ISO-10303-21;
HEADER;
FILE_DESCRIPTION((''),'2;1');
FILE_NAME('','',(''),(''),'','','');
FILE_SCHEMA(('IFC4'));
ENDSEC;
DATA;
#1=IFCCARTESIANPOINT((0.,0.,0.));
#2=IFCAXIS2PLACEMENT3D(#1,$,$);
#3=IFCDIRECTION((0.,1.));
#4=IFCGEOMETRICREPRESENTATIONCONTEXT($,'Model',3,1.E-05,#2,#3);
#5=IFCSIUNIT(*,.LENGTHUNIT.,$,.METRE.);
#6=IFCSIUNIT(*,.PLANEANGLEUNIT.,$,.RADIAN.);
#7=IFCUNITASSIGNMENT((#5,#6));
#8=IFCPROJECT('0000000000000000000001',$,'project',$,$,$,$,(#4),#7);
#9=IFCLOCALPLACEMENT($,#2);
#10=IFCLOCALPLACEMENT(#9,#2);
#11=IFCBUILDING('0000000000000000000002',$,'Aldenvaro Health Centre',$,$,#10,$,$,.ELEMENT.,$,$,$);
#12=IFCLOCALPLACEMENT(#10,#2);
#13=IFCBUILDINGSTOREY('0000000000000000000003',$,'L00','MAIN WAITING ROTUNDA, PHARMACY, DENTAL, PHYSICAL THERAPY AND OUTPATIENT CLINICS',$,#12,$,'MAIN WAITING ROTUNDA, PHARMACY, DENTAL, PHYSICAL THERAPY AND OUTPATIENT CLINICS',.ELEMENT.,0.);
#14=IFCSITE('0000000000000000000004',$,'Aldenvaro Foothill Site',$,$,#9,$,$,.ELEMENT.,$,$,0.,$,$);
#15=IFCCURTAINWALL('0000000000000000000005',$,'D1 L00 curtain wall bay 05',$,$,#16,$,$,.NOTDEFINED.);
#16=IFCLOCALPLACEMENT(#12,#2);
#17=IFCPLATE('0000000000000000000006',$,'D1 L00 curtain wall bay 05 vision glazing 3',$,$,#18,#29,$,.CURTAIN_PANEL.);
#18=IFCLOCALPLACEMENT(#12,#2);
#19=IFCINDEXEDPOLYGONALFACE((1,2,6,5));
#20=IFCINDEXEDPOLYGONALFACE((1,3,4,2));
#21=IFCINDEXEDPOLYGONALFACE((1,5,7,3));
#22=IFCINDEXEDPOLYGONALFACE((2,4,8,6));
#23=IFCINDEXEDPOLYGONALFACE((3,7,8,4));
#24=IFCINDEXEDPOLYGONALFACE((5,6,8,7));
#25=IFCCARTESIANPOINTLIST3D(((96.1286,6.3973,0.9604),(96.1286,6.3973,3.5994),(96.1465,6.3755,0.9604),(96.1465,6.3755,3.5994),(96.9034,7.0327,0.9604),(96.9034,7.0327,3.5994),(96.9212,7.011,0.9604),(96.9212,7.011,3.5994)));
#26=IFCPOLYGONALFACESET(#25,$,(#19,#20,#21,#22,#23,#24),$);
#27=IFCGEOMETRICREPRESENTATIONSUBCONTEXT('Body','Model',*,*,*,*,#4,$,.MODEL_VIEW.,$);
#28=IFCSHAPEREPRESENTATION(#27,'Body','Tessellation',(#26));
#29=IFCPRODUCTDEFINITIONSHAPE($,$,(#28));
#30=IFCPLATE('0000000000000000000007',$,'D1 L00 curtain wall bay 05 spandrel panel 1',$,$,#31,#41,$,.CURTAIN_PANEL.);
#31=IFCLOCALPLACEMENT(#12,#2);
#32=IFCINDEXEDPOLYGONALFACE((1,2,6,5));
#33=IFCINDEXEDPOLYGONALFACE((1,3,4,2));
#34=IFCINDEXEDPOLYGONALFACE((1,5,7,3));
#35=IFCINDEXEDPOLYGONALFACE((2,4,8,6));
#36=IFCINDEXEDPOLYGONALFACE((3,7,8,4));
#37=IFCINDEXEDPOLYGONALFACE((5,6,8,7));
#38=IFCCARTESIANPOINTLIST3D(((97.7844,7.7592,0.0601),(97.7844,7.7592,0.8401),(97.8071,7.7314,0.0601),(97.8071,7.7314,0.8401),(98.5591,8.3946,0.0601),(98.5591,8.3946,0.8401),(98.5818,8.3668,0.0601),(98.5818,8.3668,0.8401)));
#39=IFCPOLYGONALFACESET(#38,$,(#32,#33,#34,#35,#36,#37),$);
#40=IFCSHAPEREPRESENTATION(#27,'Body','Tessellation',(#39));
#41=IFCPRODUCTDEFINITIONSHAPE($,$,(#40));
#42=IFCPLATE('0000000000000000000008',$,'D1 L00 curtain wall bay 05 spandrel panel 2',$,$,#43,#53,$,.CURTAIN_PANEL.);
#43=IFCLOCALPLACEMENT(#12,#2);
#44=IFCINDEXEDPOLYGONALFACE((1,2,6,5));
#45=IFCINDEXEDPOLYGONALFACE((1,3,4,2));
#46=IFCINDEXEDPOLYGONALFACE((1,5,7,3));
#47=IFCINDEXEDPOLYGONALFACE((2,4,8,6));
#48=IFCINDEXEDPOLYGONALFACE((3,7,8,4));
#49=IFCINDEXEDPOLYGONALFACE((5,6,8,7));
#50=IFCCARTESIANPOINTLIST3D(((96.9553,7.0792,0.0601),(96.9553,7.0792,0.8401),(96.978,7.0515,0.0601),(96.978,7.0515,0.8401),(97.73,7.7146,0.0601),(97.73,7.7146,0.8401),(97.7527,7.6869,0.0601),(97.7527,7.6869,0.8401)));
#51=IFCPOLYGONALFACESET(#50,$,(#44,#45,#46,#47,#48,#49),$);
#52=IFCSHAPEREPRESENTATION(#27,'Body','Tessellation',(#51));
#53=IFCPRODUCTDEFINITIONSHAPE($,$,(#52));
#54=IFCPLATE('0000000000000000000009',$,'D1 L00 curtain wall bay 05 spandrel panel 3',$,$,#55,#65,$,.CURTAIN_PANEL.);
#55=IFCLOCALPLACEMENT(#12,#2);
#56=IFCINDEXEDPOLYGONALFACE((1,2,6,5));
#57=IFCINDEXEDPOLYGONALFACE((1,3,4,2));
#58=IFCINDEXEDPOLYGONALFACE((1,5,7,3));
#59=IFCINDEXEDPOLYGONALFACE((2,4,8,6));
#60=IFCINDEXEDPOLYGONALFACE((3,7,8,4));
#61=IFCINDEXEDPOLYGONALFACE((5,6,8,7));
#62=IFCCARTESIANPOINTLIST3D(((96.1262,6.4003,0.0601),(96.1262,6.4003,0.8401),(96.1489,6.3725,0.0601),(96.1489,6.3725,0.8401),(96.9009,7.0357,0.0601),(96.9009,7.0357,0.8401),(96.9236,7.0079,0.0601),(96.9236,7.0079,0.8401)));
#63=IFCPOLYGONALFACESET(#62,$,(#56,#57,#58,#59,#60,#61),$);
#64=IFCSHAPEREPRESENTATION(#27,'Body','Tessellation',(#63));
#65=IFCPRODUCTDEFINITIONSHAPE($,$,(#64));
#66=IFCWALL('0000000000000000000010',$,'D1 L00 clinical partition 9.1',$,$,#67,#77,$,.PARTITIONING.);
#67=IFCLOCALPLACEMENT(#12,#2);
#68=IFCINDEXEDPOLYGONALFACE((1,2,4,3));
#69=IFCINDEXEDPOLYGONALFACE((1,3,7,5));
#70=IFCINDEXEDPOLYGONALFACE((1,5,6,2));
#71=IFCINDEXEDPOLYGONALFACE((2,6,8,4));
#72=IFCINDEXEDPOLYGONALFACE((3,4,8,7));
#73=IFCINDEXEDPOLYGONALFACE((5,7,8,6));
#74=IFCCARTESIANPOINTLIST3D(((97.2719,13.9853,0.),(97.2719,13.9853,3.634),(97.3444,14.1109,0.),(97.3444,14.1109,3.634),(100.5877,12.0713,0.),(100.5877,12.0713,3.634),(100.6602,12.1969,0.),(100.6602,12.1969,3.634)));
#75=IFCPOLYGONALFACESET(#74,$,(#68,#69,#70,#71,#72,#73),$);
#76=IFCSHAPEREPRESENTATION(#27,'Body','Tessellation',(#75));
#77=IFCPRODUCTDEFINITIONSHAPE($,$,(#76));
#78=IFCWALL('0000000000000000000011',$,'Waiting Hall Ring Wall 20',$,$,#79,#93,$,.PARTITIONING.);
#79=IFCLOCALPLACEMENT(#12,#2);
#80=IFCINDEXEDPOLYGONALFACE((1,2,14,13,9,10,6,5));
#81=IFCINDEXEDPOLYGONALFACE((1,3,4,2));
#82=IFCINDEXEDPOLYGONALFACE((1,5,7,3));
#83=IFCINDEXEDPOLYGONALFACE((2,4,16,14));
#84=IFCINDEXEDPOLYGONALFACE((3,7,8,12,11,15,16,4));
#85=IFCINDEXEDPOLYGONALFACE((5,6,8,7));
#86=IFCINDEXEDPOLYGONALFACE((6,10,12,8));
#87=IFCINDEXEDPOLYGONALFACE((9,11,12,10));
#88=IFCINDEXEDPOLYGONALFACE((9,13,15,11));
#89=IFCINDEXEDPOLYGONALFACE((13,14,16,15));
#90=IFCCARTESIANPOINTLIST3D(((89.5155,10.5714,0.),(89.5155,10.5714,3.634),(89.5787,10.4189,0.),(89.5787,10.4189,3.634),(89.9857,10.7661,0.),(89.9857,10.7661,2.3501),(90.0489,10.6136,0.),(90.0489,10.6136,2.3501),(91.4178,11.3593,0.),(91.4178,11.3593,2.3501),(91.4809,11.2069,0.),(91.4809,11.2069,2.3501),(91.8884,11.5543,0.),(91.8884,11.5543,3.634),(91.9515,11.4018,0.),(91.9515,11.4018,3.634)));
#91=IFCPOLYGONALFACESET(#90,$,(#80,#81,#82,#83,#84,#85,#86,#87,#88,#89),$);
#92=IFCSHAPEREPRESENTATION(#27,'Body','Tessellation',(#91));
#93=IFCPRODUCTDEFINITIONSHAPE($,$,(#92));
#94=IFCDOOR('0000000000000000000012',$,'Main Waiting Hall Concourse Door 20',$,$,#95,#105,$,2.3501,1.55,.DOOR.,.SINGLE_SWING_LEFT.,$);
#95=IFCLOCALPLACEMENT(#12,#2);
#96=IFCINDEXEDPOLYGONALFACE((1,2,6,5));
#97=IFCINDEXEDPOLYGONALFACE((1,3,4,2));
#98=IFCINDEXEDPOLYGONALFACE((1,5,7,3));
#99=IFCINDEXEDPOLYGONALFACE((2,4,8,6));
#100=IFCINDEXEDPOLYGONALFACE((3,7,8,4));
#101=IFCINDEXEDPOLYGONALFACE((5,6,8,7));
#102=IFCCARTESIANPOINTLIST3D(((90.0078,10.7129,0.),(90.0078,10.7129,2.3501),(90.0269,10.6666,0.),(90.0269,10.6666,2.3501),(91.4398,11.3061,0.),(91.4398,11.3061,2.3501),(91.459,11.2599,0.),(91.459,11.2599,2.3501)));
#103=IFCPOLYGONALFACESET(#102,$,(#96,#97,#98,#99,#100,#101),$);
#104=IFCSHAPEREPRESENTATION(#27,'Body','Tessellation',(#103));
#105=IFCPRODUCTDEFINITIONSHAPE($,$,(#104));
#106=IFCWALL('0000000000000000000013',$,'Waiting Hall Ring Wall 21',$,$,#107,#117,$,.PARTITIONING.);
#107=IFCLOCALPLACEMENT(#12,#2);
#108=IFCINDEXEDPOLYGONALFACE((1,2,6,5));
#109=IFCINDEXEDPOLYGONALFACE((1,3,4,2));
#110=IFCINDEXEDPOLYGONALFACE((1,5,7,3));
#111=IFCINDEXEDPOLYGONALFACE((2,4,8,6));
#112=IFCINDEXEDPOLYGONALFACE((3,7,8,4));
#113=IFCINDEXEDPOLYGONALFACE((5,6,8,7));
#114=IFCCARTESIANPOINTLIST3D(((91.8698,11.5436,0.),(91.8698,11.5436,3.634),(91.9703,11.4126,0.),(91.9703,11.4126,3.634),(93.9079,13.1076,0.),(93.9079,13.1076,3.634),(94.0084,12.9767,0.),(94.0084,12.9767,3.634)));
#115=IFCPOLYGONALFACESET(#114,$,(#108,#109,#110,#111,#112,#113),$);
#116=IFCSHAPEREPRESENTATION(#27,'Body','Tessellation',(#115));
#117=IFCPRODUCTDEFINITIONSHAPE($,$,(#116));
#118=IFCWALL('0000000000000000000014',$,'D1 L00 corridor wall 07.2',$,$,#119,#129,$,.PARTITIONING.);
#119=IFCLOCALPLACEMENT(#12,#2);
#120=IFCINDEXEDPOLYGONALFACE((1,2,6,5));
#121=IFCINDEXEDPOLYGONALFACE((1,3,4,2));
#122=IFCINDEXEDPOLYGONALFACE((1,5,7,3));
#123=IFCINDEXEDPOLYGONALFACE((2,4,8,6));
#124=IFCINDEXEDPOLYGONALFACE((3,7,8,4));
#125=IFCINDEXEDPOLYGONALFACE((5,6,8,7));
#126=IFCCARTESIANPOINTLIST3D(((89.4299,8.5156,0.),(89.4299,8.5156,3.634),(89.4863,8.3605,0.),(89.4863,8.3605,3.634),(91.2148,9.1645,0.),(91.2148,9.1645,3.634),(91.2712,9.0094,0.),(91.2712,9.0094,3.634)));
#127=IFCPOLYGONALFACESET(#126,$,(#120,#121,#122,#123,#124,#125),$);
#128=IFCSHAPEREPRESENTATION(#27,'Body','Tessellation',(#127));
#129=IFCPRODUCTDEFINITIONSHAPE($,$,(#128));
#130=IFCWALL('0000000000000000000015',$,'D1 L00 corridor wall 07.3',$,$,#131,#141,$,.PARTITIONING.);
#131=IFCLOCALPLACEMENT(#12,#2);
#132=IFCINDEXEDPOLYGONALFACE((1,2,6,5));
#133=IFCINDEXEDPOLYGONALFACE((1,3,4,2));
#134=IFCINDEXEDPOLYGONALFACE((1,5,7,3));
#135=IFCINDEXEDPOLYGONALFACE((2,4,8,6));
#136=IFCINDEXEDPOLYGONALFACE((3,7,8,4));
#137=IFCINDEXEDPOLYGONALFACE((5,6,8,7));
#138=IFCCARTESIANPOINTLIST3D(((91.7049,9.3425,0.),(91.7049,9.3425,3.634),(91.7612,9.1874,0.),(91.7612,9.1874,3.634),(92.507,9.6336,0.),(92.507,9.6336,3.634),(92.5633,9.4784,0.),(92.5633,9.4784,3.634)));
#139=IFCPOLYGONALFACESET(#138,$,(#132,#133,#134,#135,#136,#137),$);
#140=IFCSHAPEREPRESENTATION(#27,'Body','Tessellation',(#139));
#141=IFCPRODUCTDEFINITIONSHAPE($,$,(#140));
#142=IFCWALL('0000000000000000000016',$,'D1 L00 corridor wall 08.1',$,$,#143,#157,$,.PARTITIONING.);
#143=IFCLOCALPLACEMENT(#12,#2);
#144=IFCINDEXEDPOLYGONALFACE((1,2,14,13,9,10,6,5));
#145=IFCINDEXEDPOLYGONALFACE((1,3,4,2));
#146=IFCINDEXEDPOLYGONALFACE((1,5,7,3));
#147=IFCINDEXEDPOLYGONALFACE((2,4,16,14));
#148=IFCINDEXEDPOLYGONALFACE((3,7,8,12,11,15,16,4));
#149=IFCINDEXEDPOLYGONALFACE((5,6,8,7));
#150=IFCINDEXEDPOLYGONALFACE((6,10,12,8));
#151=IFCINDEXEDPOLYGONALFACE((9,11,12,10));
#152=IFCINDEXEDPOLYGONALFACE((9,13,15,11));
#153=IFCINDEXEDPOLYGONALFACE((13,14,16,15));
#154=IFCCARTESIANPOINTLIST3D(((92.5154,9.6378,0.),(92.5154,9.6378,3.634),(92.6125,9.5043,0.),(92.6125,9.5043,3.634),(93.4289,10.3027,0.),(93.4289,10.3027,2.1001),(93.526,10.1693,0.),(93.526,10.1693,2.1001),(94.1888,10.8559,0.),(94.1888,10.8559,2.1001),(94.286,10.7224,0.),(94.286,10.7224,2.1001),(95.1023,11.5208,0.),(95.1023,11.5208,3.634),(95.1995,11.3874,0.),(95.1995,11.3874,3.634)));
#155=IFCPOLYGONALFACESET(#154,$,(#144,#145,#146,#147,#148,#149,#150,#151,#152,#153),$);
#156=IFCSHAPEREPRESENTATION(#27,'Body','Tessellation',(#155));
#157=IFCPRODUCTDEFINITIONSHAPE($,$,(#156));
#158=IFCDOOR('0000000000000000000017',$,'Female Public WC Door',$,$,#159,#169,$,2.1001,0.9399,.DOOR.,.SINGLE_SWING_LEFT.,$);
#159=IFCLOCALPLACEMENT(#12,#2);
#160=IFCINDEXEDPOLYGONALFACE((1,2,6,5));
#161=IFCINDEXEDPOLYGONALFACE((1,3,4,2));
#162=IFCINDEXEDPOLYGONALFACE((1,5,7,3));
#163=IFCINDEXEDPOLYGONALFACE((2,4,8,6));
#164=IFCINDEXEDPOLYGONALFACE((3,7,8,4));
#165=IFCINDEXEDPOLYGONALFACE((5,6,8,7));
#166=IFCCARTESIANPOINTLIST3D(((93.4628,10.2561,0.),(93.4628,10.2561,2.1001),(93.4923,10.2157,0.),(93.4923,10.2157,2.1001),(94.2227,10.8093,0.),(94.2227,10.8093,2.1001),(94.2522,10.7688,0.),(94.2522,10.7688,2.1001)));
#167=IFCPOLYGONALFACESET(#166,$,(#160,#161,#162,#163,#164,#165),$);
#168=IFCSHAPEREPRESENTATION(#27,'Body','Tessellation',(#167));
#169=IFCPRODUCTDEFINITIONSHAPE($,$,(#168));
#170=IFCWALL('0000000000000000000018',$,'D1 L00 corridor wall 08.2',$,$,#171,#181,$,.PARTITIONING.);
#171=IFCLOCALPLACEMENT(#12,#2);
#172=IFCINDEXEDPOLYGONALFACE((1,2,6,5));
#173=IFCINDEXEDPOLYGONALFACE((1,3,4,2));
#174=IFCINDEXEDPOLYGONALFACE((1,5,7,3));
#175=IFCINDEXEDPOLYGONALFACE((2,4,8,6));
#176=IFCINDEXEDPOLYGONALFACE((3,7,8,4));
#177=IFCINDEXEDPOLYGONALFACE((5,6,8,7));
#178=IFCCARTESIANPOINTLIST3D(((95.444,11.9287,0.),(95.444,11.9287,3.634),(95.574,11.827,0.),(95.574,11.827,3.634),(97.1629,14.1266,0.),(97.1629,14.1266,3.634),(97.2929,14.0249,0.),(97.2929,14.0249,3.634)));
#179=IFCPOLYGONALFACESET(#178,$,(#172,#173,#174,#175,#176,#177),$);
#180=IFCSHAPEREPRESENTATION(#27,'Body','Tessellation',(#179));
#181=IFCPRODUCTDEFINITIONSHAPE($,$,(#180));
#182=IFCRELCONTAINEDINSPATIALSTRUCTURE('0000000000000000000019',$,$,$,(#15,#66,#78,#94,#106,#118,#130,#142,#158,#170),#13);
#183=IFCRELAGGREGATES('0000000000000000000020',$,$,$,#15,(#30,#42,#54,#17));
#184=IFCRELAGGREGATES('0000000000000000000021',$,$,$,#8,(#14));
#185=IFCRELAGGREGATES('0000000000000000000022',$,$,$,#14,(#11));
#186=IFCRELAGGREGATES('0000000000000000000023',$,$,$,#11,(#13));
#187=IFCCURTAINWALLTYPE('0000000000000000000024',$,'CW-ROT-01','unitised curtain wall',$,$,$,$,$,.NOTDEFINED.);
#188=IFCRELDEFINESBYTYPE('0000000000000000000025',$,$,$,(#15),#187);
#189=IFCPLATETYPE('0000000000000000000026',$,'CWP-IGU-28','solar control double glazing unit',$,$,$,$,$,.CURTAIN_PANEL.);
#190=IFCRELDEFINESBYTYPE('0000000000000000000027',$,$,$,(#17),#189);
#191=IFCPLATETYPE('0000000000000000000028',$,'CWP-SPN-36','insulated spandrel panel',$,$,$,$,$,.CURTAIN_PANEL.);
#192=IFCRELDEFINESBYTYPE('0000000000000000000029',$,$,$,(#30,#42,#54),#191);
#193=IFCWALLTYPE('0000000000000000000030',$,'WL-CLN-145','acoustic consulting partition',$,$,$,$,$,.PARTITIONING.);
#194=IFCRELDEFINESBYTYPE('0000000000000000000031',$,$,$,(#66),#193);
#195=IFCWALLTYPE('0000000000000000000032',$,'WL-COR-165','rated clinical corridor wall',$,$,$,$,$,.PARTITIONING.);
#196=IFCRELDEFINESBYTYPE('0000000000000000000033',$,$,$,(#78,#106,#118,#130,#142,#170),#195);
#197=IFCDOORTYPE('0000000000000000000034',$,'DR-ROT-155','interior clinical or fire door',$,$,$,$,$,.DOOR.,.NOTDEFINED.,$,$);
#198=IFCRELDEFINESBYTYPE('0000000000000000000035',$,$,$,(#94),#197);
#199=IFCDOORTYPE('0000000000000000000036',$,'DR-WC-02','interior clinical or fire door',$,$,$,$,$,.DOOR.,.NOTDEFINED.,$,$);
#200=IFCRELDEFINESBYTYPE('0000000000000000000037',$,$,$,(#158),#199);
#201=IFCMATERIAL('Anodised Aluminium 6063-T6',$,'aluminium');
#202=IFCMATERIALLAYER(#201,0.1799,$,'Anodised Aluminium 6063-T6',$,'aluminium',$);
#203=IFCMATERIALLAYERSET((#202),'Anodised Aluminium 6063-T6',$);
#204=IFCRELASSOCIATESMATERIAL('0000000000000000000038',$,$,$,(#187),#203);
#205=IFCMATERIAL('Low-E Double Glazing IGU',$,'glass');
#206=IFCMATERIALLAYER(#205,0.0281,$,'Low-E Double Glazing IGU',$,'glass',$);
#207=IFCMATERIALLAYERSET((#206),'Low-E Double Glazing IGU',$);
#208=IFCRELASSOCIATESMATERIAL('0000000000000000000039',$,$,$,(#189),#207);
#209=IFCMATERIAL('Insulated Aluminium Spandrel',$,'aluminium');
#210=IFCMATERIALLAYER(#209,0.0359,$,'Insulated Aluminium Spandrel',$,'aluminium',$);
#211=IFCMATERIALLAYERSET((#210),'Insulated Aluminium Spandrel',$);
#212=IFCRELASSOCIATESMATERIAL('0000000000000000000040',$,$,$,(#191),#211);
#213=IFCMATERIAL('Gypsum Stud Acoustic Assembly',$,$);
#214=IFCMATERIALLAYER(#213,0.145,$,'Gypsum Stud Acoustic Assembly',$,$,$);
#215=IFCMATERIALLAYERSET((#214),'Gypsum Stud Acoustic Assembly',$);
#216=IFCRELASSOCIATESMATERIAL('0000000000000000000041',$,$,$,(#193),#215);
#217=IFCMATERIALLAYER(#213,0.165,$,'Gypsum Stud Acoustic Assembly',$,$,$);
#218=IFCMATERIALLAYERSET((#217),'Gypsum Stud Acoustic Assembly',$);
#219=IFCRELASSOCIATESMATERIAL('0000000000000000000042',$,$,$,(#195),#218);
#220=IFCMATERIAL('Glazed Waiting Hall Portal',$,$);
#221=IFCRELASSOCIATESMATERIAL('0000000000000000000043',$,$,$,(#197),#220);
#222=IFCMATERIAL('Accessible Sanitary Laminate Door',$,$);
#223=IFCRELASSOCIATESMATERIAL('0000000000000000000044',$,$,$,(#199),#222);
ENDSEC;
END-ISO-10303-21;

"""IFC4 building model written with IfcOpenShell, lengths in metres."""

from ifc_helpers import new_model, si_unit, direction, frame, frame_2d, origin, origin_2d, place, context, subcontext, project, spatial, rectangle, extrude, material, layer, layer_set, type_object, element, fill, aggregate, save


model = new_model("IFC4")

# Units and contexts
model_context = context("Model", 3, precision=1e-05, world=origin(), true_north=direction((0.0, 1.0)))
body_context = subcontext(model_context, "Body", "Model", "MODEL_VIEW")
ifc_project = project(units=[si_unit("LENGTHUNIT", "METRE"), si_unit("PLANEANGLEUNIT", "RADIAN")], contexts=[model_context])

# Site, building, storey
site_placement = place(None, origin())
site = spatial("IfcSite", under=ifc_project, at=site_placement, Name="Aldenvaro Foothill Site", CompositionType="ELEMENT", RefElevation=0.0)
building_placement = place(site_placement, origin())
building = spatial("IfcBuilding", under=site, at=building_placement, Name="Aldenvaro Health Centre", CompositionType="ELEMENT")
storey_placement = place(building_placement, origin())
storey = spatial("IfcBuildingStorey", under=building, at=storey_placement, Name="L00", Description="MAIN WAITING ROTUNDA, PHARMACY, DENTAL, PHYSICAL THERAPY AND OUTPATIENT CLINICS", LongName="MAIN WAITING ROTUNDA, PHARMACY, DENTAL, PHYSICAL THERAPY AND OUTPATIENT CLINICS", CompositionType="ELEMENT", Elevation=0.0)

# Curtain wall
ifc_material_1 = material(Name="Anodised Aluminium 6063-T6", Category="aluminium")
ifc_layer_1 = layer(ifc_material_1, 0.1799, Name="Anodised Aluminium 6063-T6", Category="aluminium")
ifc_layer_set_1 = layer_set([ifc_layer_1], Name="Anodised Aluminium 6063-T6")
curtain_wall_type = type_object("IfcCurtainWallType", Name="CW-ROT-01", Description="unitised curtain wall", PredefinedType="NOTDEFINED", material=ifc_layer_set_1)
curtain_wall_placement = place(storey_placement, origin())
curtain_wall = element("IfcCurtainWall", 1, at=curtain_wall_placement, inside=storey, type_object=curtain_wall_type, Name="D1 L00 curtain wall bay 05", PredefinedType="NOTDEFINED")

# Plates
ifc_material_2 = material(Name="Low-E Double Glazing IGU", Category="glass")
ifc_layer_2 = layer(ifc_material_2, 0.0281, Name="Low-E Double Glazing IGU", Category="glass")
ifc_layer_set_2 = layer_set([ifc_layer_2], Name="Low-E Double Glazing IGU")
plate_type_1 = type_object("IfcPlateType", Name="CWP-IGU-28", Description="solar control double glazing unit", PredefinedType="CURTAIN_PANEL", material=ifc_layer_set_2)
plate_1_placement = place(storey_placement, frame((96.5249, 6.7041, 0.9604), z_axis=(0.0, 0.0, 1.0), x_axis=(-0.773195, -0.634169, 0.0)))
plate_1 = element("IfcPlate", 2, at=plate_1_placement, type_object=plate_type_1, Name="D1 L00 curtain wall bay 05 vision glazing 3", PredefinedType="CURTAIN_PANEL", context=body_context, shape_type="SweptSolid", body=[
    extrude(rectangle(XDim=1.002, YDim=0.0281, at=origin_2d()), origin(), (0.0, 0.0, 1.0), 2.6389),
])
ifc_material_3 = material(Name="Insulated Aluminium Spandrel", Category="aluminium")
ifc_layer_3 = layer(ifc_material_3, 0.0359, Name="Insulated Aluminium Spandrel", Category="aluminium")
ifc_layer_set_3 = layer_set([ifc_layer_3], Name="Insulated Aluminium Spandrel")
plate_type_2 = type_object("IfcPlateType", Name="CWP-SPN-36", Description="insulated spandrel panel", PredefinedType="CURTAIN_PANEL", material=ifc_layer_set_3)
plate_2_placement = place(storey_placement, frame((98.1831, 8.063, 0.0601), z_axis=(0.0, 0.0, 1.0), x_axis=(-0.773195, -0.634169, 0.0)))
plate_2 = element("IfcPlate", 3, at=plate_2_placement, type_object=plate_type_2, Name="D1 L00 curtain wall bay 05 spandrel panel 1", PredefinedType="CURTAIN_PANEL", context=body_context, shape_type="SweptSolid", body=[
    extrude(rectangle(XDim=1.002, YDim=0.0359, at=origin_2d()), origin(), (0.0, 0.0, 1.0), 0.78),
])
plate_3_placement = place(storey_placement, frame((97.354, 7.3831, 0.0601), z_axis=(0.0, 0.0, 1.0), x_axis=(-0.773195, -0.634169, 0.0)))
plate_3 = element("IfcPlate", 4, at=plate_3_placement, type_object=plate_type_2, Name="D1 L00 curtain wall bay 05 spandrel panel 2", PredefinedType="CURTAIN_PANEL", context=body_context, shape_type="SweptSolid", body=[
    extrude(rectangle(XDim=1.002, YDim=0.0359, at=origin_2d()), origin(), (0.0, 0.0, 1.0), 0.78),
])
plate_4_placement = place(storey_placement, frame((96.5249, 6.7041, 0.0601), z_axis=(0.0, 0.0, 1.0), x_axis=(-0.773195, -0.634169, 0.0)))
plate_4 = element("IfcPlate", 5, at=plate_4_placement, type_object=plate_type_2, Name="D1 L00 curtain wall bay 05 spandrel panel 3", PredefinedType="CURTAIN_PANEL", context=body_context, shape_type="SweptSolid", body=[
    extrude(rectangle(XDim=1.002, YDim=0.0359, at=origin_2d()), origin(), (0.0, 0.0, 1.0), 0.78),
])
aggregate(curtain_wall, [plate_2, plate_3, plate_4, plate_1])

# Wall
ifc_material_4 = material(Name="Gypsum Stud Acoustic Assembly")
ifc_layer_4 = layer(ifc_material_4, 0.145, Name="Gypsum Stud Acoustic Assembly")
ifc_layer_set_4 = layer_set([ifc_layer_4], Name="Gypsum Stud Acoustic Assembly")
wall_type_1 = type_object("IfcWallType", Name="WL-CLN-145", Description="acoustic consulting partition", PredefinedType="PARTITIONING", material=ifc_layer_set_4)
wall_1_placement = place(storey_placement, frame((97.3081, 14.0481, 0.0), z_axis=(0.0, 0.0, 1.0), x_axis=(0.866069, -0.499925, 0.0)))
element("IfcWall", 6, at=wall_1_placement, inside=storey, type_object=wall_type_1, Name="D1 L00 clinical partition 9.1", PredefinedType="PARTITIONING", context=body_context, shape_type="SweptSolid", body=[
    extrude(rectangle(XDim=3.8286, YDim=0.145, at=frame_2d((1.9143, 0.0))), origin(), (0.0, 0.0, 1.0), 3.634),
])

# Wall, opening, door
ifc_layer_5 = layer(ifc_material_4, 0.165, Name="Gypsum Stud Acoustic Assembly")
ifc_layer_set_5 = layer_set([ifc_layer_5], Name="Gypsum Stud Acoustic Assembly")
wall_type_2 = type_object("IfcWallType", Name="WL-COR-165", Description="rated clinical corridor wall", PredefinedType="PARTITIONING", material=ifc_layer_set_5)
wall_2_placement = place(storey_placement, frame((89.5471, 10.4951, 0.0), z_axis=(0.0, 0.0, 1.0), x_axis=(0.923871, 0.382704, 0.0)))
wall_2 = element("IfcWall", 7, at=wall_2_placement, inside=storey, type_object=wall_type_2, Name="Waiting Hall Ring Wall 20", PredefinedType="PARTITIONING", context=body_context, shape_type="SweptSolid", body=[
    extrude(rectangle(XDim=2.5684, YDim=0.165, at=frame_2d((1.2842, 0.0))), origin(), (0.0, 0.0, 1.0), 3.634),
])
opening_1_placement = place(wall_2_placement, frame((0.509, 0.0, 0.0)))
opening_1 = element("IfcOpeningElement", 8, at=opening_1_placement, cuts=wall_2, PredefinedType="OPENING", context=body_context, shape_type="SweptSolid", body=[
    extrude(rectangle(XDim=1.55, YDim=2.3501, at=frame_2d((0.7749, 1.175))), frame((0.0, 0.0925, 0.0), z_axis=(0.0, -1.0, 0.0), x_axis=(1.0, 0.0, 0.0)), (0.0, 0.0, 1.0), 0.1851),
])
ifc_material_5 = material(Name="Glazed Waiting Hall Portal")
door_type_1 = type_object("IfcDoorType", Name="DR-ROT-155", Description="interior clinical or fire door", OperationType="NOTDEFINED", PredefinedType="DOOR", material=ifc_material_5)
door_1_placement = place(opening_1_placement, origin())
door_1 = element("IfcDoor", 9, at=door_1_placement, inside=storey, type_object=door_type_1, Name="Main Waiting Hall Concourse Door 20", OperationType="SINGLE_SWING_LEFT", OverallHeight=2.3501, OverallWidth=1.55, PredefinedType="DOOR", context=body_context, shape_type="SweptSolid", body=[
    extrude(rectangle(XDim=1.55, YDim=2.3501, at=frame_2d((0.7749, 1.175))), frame((0.0, 0.0249, 0.0), z_axis=(0.0, -1.0, 0.0), x_axis=(1.0, 0.0, 0.0)), (0.0, 0.0, 1.0), 0.05),
])
fill(opening_1, door_1)

# Walls
wall_3_placement = place(storey_placement, frame((91.9199, 11.478, 0.0), z_axis=(0.0, 0.0, 1.0), x_axis=(0.793337, 0.608783, 0.0)))
element("IfcWall", 10, at=wall_3_placement, inside=storey, type_object=wall_type_2, Name="Waiting Hall Ring Wall 21", PredefinedType="PARTITIONING", context=body_context, shape_type="SweptSolid", body=[
    extrude(rectangle(XDim=2.5691, YDim=0.165, at=frame_2d((1.2847, 0.0))), origin(), (0.0, 0.0, 1.0), 3.634),
])
wall_4_placement = place(storey_placement, frame((89.458, 8.438, 0.0), z_axis=(0.0, 0.0, 1.0), x_axis=(0.939816, 0.341681, 0.0)))
element("IfcWall", 11, at=wall_4_placement, inside=storey, type_object=wall_type_2, Name="D1 L00 corridor wall 07.2", PredefinedType="PARTITIONING", context=body_context, shape_type="SweptSolid", body=[
    extrude(rectangle(XDim=1.8992, YDim=0.165, at=frame_2d((0.9497, 0.0))), origin(), (0.0, 0.0, 1.0), 3.634),
])
wall_5_placement = place(storey_placement, frame((91.7329, 9.2649, 0.0), z_axis=(0.0, 0.0, 1.0), x_axis=(0.940027, 0.3411, 0.0)))
element("IfcWall", 12, at=wall_5_placement, inside=storey, type_object=wall_type_2, Name="D1 L00 corridor wall 07.3", PredefinedType="PARTITIONING", context=body_context, shape_type="SweptSolid", body=[
    extrude(rectangle(XDim=0.8533, YDim=0.165, at=frame_2d((0.4268, 0.0))), origin(), (0.0, 0.0, 1.0), 3.634),
])

# Wall, opening, door
wall_6_placement = place(storey_placement, frame((92.564, 9.571, 0.0), z_axis=(0.0, 0.0, 1.0), x_axis=(0.808489, 0.588512, 0.0)))
wall_6 = element("IfcWall", 13, at=wall_6_placement, inside=storey, type_object=wall_type_2, Name="D1 L00 corridor wall 08.1", PredefinedType="PARTITIONING", context=body_context, shape_type="SweptSolid", body=[
    extrude(rectangle(XDim=3.1997, YDim=0.165, at=frame_2d((1.5999, 0.0))), origin(), (0.0, 0.0, 1.0), 3.634),
])
opening_2_placement = place(wall_6_placement, frame((1.1299, 0.0, 0.0)))
opening_2 = element("IfcOpeningElement", 14, at=opening_2_placement, cuts=wall_6, PredefinedType="OPENING", context=body_context, shape_type="SweptSolid", body=[
    extrude(rectangle(XDim=0.9399, YDim=2.1001, at=frame_2d((0.47, 1.05))), frame((0.0, 0.0925, 0.0), z_axis=(0.0, -1.0, 0.0), x_axis=(1.0, 0.0, 0.0)), (0.0, 0.0, 1.0), 0.1851),
])
ifc_material_6 = material(Name="Accessible Sanitary Laminate Door")
door_type_2 = type_object("IfcDoorType", Name="DR-WC-02", Description="interior clinical or fire door", OperationType="NOTDEFINED", PredefinedType="DOOR", material=ifc_material_6)
door_2_placement = place(opening_2_placement, origin())
door_2 = element("IfcDoor", 15, at=door_2_placement, inside=storey, type_object=door_type_2, Name="Female Public WC Door", OperationType="SINGLE_SWING_LEFT", OverallHeight=2.1001, OverallWidth=0.9399, PredefinedType="DOOR", context=body_context, shape_type="SweptSolid", body=[
    extrude(rectangle(XDim=0.9399, YDim=2.1001, at=frame_2d((0.47, 1.05))), frame((0.0, 0.0249, 0.0), z_axis=(0.0, -1.0, 0.0), x_axis=(1.0, 0.0, 0.0)), (0.0, 0.0, 1.0), 0.05),
])
fill(opening_2, door_2)

# Wall
wall_7_placement = place(storey_placement, frame((95.509, 11.8779, 0.0), z_axis=(0.0, 0.0, 1.0), x_axis=(0.616046, 0.78771, 0.0)))
element("IfcWall", 16, at=wall_7_placement, inside=storey, type_object=wall_type_2, Name="D1 L00 corridor wall 08.2", PredefinedType="PARTITIONING", context=body_context, shape_type="SweptSolid", body=[
    extrude(rectangle(XDim=2.7903, YDim=0.165, at=frame_2d((1.395, 0.0))), origin(), (0.0, 0.0, 1.0), 3.634),
])

save(model, "model.ifc")
